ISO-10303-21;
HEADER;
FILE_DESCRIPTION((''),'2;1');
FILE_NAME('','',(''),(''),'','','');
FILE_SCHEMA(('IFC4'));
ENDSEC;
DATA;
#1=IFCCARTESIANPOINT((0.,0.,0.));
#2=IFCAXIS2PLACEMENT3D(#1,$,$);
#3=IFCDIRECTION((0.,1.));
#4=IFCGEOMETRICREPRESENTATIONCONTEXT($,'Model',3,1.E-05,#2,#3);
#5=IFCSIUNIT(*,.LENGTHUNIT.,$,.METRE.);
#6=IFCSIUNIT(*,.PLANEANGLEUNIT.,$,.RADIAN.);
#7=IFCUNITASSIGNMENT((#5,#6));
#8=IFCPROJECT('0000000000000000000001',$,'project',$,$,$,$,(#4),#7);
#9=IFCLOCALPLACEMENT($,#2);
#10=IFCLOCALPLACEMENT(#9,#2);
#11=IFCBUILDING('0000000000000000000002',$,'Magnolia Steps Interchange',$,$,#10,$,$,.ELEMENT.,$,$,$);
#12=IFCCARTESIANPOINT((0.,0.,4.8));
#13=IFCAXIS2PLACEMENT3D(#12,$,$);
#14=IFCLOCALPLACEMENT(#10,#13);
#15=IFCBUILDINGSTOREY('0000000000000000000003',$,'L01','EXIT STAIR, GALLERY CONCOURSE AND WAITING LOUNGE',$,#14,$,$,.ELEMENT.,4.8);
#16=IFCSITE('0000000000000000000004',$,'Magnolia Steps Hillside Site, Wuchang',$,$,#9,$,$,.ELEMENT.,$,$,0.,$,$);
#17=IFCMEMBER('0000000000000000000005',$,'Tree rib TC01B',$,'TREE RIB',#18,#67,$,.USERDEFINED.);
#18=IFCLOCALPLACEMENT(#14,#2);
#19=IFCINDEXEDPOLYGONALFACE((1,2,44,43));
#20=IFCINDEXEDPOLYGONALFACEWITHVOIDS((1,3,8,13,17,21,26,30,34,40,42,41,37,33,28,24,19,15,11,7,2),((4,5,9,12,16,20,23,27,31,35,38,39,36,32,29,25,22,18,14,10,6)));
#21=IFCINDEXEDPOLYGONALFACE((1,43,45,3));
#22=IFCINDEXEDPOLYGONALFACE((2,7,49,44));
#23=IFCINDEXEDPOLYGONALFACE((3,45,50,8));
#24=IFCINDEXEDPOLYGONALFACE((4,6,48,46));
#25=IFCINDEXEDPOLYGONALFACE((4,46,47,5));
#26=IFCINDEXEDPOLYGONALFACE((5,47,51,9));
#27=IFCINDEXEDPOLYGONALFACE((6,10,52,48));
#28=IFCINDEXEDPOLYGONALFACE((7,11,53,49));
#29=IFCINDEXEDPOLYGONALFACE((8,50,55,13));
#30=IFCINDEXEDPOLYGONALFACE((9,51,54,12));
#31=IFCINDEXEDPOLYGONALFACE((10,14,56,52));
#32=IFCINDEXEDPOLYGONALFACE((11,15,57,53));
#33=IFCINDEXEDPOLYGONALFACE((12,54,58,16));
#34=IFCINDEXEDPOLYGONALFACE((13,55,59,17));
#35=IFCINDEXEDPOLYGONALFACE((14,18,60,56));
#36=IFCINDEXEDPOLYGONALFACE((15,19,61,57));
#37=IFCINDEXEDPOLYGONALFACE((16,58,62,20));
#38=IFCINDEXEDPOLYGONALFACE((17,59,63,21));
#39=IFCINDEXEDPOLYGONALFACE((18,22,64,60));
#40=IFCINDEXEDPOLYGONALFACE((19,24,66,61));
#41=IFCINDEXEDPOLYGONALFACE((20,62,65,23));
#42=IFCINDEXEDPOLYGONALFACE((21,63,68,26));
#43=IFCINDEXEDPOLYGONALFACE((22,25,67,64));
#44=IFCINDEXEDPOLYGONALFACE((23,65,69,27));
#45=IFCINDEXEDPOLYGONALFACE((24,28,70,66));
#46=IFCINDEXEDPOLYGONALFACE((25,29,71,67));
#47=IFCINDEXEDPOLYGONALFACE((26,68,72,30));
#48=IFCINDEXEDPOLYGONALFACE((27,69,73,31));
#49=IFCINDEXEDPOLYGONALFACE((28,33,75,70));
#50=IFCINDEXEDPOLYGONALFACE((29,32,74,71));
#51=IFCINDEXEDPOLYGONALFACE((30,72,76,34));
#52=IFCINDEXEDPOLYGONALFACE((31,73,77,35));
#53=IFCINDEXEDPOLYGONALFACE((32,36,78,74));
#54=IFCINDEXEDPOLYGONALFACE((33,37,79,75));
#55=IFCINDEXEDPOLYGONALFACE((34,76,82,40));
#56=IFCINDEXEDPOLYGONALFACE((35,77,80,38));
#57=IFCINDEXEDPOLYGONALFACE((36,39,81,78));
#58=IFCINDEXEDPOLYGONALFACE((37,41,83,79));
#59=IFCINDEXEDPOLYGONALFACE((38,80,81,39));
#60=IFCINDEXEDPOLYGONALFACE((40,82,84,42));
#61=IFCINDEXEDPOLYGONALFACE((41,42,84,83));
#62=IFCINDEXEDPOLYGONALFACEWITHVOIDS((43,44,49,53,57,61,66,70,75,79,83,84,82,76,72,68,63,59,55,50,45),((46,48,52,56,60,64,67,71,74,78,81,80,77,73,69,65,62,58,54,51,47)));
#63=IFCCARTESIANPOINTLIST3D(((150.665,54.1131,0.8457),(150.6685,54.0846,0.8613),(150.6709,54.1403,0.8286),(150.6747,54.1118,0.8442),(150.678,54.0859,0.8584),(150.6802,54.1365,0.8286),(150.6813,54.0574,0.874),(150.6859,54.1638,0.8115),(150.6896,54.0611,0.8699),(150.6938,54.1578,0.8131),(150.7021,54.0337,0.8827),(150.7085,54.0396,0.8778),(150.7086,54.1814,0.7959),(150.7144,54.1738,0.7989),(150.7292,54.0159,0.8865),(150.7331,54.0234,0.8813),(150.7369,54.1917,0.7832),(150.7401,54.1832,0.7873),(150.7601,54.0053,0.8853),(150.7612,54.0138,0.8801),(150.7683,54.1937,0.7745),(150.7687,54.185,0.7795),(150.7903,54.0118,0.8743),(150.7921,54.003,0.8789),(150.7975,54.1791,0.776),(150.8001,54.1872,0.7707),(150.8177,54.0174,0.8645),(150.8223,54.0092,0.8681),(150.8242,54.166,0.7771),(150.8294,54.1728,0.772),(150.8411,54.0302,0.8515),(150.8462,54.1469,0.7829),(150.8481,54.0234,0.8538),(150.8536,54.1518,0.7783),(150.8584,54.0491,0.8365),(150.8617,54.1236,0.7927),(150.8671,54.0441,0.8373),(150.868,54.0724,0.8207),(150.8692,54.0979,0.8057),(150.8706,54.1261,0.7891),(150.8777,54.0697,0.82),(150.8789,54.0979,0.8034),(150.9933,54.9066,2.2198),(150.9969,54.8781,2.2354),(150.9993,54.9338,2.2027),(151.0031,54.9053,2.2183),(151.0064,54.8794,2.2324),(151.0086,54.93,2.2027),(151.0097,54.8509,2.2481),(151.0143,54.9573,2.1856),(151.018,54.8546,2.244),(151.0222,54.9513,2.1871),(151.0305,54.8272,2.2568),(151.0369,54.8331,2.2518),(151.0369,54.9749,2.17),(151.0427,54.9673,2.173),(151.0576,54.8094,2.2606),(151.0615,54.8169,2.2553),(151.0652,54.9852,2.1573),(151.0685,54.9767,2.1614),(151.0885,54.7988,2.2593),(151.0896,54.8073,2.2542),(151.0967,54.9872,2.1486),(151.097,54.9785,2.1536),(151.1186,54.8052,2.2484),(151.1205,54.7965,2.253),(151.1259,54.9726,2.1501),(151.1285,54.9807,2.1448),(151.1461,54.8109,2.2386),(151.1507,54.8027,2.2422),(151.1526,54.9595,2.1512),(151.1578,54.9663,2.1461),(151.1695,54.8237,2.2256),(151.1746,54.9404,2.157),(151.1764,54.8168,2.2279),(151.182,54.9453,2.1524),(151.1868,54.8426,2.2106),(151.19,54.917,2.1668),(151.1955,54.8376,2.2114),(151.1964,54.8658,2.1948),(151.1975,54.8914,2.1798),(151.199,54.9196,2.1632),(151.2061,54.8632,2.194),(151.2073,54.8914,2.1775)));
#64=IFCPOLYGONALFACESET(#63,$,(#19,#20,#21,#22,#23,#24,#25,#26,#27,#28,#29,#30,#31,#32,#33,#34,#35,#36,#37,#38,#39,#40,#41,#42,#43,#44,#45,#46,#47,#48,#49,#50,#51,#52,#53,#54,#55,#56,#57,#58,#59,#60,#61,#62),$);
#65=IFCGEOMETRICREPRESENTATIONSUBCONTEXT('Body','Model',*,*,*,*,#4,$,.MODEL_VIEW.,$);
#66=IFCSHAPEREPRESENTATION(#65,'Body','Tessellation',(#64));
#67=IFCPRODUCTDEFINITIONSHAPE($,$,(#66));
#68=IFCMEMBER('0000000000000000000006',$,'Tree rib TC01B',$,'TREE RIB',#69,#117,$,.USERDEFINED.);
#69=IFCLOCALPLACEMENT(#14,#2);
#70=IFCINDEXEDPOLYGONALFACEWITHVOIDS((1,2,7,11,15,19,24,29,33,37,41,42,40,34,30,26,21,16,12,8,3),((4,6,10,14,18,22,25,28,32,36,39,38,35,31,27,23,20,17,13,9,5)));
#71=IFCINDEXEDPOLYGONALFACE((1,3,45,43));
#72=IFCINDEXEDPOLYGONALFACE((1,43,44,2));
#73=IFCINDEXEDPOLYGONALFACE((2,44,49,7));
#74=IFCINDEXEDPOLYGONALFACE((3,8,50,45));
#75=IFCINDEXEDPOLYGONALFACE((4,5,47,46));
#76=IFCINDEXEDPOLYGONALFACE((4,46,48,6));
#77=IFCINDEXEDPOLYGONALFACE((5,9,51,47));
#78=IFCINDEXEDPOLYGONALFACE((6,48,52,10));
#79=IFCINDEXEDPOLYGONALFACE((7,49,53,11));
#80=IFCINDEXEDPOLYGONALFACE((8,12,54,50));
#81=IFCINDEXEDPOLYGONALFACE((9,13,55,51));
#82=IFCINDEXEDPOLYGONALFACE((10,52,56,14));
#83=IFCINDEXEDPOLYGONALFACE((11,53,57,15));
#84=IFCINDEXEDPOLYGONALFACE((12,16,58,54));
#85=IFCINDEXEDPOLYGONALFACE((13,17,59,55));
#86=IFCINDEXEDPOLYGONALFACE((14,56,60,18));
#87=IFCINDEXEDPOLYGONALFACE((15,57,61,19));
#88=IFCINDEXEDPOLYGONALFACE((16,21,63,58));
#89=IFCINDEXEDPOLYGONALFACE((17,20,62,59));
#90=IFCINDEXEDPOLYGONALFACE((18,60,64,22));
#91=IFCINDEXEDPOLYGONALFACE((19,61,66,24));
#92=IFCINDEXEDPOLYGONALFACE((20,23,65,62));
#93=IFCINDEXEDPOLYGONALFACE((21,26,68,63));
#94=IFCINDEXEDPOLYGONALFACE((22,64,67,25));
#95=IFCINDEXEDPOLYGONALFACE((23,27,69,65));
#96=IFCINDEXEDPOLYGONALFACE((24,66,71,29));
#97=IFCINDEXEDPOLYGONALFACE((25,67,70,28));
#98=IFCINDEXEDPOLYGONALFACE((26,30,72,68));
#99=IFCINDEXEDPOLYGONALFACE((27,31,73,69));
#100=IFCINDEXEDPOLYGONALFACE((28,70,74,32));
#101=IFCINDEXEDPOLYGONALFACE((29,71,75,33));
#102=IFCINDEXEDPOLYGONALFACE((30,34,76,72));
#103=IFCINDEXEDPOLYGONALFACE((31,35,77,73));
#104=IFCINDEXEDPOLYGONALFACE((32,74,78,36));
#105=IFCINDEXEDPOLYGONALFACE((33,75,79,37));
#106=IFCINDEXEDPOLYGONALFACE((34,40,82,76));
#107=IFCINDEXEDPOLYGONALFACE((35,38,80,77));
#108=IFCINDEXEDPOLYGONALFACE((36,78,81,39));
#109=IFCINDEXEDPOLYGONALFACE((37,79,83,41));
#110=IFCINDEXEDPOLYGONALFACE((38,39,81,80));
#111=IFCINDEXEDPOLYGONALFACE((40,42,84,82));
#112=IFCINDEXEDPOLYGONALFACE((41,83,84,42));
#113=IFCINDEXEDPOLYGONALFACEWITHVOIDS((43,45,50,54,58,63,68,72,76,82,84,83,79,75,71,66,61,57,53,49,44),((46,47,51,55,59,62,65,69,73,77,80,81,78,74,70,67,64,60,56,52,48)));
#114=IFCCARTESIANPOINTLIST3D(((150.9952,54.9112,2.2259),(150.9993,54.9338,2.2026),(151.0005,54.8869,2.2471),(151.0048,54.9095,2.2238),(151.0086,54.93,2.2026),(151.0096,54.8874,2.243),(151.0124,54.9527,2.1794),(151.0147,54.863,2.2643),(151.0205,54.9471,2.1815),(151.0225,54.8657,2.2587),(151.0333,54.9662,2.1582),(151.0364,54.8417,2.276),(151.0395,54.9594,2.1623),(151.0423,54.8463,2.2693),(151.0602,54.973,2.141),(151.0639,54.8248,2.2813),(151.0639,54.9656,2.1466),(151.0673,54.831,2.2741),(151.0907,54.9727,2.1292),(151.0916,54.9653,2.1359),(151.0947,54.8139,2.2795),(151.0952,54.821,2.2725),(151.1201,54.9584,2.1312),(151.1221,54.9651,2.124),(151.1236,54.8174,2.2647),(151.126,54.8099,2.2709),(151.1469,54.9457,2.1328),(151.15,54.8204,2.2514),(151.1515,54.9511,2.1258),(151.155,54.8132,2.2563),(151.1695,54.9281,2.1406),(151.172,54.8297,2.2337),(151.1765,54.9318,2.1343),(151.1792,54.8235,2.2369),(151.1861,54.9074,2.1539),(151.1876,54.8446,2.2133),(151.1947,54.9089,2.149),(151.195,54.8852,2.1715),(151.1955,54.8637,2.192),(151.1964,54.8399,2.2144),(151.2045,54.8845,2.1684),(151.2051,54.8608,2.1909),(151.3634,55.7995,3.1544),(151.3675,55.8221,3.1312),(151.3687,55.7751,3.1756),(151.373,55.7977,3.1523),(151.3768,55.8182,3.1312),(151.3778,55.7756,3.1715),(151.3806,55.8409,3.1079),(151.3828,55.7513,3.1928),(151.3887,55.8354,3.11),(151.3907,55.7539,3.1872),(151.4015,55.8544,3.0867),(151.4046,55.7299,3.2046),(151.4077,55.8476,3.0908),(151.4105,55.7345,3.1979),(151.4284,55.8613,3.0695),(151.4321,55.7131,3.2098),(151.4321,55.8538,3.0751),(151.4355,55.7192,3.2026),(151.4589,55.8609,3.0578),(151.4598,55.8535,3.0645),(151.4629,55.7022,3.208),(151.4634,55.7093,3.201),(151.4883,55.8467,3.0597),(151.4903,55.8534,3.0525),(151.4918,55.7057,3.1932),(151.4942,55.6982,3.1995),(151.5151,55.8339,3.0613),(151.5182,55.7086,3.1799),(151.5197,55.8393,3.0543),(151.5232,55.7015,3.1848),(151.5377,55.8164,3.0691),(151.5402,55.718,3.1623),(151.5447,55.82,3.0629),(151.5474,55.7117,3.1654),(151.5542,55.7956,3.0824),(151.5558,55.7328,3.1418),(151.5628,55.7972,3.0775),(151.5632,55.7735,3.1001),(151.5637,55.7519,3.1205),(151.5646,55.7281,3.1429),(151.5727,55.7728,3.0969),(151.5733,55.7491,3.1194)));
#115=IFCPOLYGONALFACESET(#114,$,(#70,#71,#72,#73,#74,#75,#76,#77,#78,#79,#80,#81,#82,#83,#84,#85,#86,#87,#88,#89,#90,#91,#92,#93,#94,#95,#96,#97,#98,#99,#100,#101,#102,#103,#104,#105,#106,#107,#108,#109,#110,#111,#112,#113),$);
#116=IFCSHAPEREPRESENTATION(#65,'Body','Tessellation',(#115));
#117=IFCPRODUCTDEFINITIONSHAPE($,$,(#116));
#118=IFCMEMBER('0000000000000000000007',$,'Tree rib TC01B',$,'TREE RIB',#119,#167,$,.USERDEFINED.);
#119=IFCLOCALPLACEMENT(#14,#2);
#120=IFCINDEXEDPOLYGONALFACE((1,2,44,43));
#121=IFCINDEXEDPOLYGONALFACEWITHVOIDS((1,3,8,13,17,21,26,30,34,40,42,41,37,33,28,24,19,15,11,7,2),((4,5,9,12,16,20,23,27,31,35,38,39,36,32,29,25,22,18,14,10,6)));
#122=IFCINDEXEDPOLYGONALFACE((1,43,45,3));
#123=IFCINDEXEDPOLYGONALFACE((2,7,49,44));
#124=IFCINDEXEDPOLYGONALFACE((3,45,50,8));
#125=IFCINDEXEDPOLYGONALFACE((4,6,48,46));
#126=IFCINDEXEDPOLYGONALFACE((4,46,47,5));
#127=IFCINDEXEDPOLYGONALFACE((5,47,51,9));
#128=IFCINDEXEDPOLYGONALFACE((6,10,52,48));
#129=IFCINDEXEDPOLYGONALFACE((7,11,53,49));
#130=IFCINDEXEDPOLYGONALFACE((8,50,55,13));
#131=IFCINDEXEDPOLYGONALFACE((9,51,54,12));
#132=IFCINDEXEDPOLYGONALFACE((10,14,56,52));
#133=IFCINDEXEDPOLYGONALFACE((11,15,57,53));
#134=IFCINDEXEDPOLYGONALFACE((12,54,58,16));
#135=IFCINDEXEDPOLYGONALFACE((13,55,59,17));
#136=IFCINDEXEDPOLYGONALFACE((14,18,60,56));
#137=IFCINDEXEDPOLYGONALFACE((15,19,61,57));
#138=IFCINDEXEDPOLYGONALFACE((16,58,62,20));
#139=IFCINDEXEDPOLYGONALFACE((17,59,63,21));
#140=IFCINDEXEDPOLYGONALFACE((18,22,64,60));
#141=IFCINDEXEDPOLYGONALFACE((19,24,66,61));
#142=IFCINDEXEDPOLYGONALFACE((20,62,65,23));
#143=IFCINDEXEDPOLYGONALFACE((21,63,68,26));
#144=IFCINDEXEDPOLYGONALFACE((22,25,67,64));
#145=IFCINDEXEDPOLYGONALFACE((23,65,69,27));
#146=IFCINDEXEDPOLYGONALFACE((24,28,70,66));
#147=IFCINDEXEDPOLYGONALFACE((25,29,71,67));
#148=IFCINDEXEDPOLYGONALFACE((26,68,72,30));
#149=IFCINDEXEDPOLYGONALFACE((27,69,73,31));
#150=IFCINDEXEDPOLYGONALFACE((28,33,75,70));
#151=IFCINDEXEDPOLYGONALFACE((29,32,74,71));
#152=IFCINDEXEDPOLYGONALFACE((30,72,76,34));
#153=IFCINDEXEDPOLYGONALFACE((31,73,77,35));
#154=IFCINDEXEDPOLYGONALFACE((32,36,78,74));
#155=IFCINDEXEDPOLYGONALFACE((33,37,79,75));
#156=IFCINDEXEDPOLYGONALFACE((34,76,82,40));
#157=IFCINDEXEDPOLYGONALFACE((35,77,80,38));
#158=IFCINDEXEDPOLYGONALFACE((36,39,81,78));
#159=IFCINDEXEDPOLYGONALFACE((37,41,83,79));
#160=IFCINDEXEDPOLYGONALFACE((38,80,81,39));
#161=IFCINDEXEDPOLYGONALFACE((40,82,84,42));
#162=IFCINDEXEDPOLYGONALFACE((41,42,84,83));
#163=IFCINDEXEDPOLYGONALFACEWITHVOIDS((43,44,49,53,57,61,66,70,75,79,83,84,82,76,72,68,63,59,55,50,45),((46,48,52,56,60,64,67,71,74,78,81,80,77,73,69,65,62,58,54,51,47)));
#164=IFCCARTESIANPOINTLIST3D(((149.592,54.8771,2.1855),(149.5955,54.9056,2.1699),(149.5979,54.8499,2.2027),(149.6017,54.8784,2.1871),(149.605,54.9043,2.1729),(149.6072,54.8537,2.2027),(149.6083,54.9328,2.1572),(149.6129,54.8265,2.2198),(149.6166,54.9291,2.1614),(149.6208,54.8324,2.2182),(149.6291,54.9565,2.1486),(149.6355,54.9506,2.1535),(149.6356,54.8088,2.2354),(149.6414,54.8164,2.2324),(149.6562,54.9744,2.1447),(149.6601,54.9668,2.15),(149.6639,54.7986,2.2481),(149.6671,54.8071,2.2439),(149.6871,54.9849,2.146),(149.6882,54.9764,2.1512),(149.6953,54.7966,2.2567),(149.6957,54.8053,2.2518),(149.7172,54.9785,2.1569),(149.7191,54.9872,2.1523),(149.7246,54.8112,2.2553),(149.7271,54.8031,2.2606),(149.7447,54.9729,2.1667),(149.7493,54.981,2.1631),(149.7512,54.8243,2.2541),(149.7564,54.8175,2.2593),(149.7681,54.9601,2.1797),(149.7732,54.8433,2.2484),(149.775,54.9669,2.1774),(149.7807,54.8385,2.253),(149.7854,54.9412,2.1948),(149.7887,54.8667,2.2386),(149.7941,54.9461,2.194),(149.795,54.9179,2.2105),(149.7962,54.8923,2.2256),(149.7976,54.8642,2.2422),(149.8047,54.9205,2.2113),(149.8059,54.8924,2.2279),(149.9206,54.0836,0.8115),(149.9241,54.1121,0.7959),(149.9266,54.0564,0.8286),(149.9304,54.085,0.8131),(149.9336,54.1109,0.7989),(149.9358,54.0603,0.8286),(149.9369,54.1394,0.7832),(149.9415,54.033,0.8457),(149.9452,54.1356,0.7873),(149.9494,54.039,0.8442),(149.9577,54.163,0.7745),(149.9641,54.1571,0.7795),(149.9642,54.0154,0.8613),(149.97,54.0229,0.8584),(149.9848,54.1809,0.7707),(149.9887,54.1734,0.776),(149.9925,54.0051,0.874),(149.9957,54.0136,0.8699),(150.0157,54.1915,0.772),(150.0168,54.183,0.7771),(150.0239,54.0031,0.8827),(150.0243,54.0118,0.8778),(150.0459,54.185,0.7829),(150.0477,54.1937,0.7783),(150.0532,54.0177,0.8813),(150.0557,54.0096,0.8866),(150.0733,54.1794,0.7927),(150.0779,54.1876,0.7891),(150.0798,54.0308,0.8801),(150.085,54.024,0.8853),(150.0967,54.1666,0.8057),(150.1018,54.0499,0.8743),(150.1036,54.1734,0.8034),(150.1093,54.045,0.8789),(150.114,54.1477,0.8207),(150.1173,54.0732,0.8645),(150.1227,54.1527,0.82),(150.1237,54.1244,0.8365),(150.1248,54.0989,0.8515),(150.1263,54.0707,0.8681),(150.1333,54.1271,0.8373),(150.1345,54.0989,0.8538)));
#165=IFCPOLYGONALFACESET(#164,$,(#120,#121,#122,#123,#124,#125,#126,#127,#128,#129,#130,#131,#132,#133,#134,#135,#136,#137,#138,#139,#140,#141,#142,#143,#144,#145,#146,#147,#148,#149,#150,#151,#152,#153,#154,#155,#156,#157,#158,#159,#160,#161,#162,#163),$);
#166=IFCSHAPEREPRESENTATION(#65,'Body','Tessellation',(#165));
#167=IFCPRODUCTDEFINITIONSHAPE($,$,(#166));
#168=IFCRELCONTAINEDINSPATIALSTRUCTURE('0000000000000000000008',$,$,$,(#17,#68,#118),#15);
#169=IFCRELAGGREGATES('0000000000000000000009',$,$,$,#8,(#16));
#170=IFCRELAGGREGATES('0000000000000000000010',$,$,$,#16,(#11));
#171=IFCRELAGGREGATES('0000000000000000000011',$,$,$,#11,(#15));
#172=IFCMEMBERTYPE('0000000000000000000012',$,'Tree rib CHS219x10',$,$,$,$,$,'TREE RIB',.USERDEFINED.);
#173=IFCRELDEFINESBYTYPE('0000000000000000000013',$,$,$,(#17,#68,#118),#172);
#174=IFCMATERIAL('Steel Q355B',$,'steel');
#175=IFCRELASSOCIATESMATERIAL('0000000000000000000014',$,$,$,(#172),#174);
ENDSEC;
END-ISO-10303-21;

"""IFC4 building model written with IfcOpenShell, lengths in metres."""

from ifc_helpers import new_model, si_unit, direction, frame, origin, origin_2d, place, context, subcontext, project, spatial, hollow_circle, extrude, material, material_profile, profile_set, type_object, element, save


model = new_model("IFC4")

# Units and contexts
model_context = context("Model", 3, precision=1e-05, world=origin(), true_north=direction((0.0, 1.0)))
body_context = subcontext(model_context, "Body", "Model", "MODEL_VIEW")
ifc_project = project(units=[si_unit("LENGTHUNIT", "METRE"), si_unit("PLANEANGLEUNIT", "RADIAN")], contexts=[model_context])

# Site, building, storey
site_placement = place(None, origin())
site = spatial("IfcSite", under=ifc_project, at=site_placement, Name="Magnolia Steps Hillside Site, Wuchang", CompositionType="ELEMENT", RefElevation=0.0)
building_placement = place(site_placement, origin())
building = spatial("IfcBuilding", under=site, at=building_placement, Name="Magnolia Steps Interchange", CompositionType="ELEMENT")
storey_placement = place(building_placement, frame((0.0, 0.0, 4.8)))
storey = spatial("IfcBuildingStorey", under=building, at=storey_placement, Name="L01", Description="EXIT STAIR, GALLERY CONCOURSE AND WAITING LOUNGE", CompositionType="ELEMENT", Elevation=4.8)

# Members
ifc_material_1 = material(Name="Steel Q355B", Category="steel")
ifc_material_profile_1 = material_profile(ifc_material_1, hollow_circle(Radius=0.1096, WallThickness=0.01, at=origin_2d()), Name="CHS219x10")
ifc_profile_set_1 = profile_set([ifc_material_profile_1], Name="Steel Q355B")
member_type = type_object("IfcMemberType", Name="Tree rib CHS219x10", ElementType="TREE RIB", PredefinedType="USERDEFINED", material=ifc_profile_set_1)
member_1_placement = place(storey_placement, frame((150.7722, 54.0984, 0.8286), z_axis=(0.202661, 0.489701, 0.848011), x_axis=(-0.924, 0.382394, 0.0)))
element("IfcMember", 1, at=member_1_placement, inside=storey, type_object=member_type, Name="Tree rib TC01B", ObjectType="TREE RIB", PredefinedType="USERDEFINED", context=body_context, shape_type="SweptSolid", body=[
    extrude(hollow_circle(Radius=0.1096, WallThickness=0.01, at=origin_2d()), origin(), (0.0, 0.0, 1.0), 1.6204),
])
member_2_placement = place(storey_placement, frame((151.1006, 54.8918, 2.2026), z_axis=(0.275451, 0.664516, 0.694655), x_axis=(-0.923782, 0.38292, 0.0)))
element("IfcMember", 2, at=member_2_placement, inside=storey, type_object=member_type, Name="Tree rib TC01B", ObjectType="TREE RIB", PredefinedType="USERDEFINED", context=body_context, shape_type="SweptSolid", body=[
    extrude(hollow_circle(Radius=0.1096, WallThickness=0.01, at=origin_2d()), origin(), (0.0, 0.0, 1.0), 1.3367),
])
member_3_placement = place(storey_placement, frame((150.0278, 54.0984, 0.8286), z_axis=(-0.202805, 0.489686, 0.847985), x_axis=(-0.923899, -0.382636, 0.0)))
element("IfcMember", 3, at=member_3_placement, inside=storey, type_object=member_type, Name="Tree rib TC01B", ObjectType="TREE RIB", PredefinedType="USERDEFINED", context=body_context, shape_type="SweptSolid", body=[
    extrude(hollow_circle(Radius=0.1096, WallThickness=0.01, at=origin_2d()), origin(), (0.0, 0.0, 1.0), 1.6204),
])

save(model, "model.ifc")
